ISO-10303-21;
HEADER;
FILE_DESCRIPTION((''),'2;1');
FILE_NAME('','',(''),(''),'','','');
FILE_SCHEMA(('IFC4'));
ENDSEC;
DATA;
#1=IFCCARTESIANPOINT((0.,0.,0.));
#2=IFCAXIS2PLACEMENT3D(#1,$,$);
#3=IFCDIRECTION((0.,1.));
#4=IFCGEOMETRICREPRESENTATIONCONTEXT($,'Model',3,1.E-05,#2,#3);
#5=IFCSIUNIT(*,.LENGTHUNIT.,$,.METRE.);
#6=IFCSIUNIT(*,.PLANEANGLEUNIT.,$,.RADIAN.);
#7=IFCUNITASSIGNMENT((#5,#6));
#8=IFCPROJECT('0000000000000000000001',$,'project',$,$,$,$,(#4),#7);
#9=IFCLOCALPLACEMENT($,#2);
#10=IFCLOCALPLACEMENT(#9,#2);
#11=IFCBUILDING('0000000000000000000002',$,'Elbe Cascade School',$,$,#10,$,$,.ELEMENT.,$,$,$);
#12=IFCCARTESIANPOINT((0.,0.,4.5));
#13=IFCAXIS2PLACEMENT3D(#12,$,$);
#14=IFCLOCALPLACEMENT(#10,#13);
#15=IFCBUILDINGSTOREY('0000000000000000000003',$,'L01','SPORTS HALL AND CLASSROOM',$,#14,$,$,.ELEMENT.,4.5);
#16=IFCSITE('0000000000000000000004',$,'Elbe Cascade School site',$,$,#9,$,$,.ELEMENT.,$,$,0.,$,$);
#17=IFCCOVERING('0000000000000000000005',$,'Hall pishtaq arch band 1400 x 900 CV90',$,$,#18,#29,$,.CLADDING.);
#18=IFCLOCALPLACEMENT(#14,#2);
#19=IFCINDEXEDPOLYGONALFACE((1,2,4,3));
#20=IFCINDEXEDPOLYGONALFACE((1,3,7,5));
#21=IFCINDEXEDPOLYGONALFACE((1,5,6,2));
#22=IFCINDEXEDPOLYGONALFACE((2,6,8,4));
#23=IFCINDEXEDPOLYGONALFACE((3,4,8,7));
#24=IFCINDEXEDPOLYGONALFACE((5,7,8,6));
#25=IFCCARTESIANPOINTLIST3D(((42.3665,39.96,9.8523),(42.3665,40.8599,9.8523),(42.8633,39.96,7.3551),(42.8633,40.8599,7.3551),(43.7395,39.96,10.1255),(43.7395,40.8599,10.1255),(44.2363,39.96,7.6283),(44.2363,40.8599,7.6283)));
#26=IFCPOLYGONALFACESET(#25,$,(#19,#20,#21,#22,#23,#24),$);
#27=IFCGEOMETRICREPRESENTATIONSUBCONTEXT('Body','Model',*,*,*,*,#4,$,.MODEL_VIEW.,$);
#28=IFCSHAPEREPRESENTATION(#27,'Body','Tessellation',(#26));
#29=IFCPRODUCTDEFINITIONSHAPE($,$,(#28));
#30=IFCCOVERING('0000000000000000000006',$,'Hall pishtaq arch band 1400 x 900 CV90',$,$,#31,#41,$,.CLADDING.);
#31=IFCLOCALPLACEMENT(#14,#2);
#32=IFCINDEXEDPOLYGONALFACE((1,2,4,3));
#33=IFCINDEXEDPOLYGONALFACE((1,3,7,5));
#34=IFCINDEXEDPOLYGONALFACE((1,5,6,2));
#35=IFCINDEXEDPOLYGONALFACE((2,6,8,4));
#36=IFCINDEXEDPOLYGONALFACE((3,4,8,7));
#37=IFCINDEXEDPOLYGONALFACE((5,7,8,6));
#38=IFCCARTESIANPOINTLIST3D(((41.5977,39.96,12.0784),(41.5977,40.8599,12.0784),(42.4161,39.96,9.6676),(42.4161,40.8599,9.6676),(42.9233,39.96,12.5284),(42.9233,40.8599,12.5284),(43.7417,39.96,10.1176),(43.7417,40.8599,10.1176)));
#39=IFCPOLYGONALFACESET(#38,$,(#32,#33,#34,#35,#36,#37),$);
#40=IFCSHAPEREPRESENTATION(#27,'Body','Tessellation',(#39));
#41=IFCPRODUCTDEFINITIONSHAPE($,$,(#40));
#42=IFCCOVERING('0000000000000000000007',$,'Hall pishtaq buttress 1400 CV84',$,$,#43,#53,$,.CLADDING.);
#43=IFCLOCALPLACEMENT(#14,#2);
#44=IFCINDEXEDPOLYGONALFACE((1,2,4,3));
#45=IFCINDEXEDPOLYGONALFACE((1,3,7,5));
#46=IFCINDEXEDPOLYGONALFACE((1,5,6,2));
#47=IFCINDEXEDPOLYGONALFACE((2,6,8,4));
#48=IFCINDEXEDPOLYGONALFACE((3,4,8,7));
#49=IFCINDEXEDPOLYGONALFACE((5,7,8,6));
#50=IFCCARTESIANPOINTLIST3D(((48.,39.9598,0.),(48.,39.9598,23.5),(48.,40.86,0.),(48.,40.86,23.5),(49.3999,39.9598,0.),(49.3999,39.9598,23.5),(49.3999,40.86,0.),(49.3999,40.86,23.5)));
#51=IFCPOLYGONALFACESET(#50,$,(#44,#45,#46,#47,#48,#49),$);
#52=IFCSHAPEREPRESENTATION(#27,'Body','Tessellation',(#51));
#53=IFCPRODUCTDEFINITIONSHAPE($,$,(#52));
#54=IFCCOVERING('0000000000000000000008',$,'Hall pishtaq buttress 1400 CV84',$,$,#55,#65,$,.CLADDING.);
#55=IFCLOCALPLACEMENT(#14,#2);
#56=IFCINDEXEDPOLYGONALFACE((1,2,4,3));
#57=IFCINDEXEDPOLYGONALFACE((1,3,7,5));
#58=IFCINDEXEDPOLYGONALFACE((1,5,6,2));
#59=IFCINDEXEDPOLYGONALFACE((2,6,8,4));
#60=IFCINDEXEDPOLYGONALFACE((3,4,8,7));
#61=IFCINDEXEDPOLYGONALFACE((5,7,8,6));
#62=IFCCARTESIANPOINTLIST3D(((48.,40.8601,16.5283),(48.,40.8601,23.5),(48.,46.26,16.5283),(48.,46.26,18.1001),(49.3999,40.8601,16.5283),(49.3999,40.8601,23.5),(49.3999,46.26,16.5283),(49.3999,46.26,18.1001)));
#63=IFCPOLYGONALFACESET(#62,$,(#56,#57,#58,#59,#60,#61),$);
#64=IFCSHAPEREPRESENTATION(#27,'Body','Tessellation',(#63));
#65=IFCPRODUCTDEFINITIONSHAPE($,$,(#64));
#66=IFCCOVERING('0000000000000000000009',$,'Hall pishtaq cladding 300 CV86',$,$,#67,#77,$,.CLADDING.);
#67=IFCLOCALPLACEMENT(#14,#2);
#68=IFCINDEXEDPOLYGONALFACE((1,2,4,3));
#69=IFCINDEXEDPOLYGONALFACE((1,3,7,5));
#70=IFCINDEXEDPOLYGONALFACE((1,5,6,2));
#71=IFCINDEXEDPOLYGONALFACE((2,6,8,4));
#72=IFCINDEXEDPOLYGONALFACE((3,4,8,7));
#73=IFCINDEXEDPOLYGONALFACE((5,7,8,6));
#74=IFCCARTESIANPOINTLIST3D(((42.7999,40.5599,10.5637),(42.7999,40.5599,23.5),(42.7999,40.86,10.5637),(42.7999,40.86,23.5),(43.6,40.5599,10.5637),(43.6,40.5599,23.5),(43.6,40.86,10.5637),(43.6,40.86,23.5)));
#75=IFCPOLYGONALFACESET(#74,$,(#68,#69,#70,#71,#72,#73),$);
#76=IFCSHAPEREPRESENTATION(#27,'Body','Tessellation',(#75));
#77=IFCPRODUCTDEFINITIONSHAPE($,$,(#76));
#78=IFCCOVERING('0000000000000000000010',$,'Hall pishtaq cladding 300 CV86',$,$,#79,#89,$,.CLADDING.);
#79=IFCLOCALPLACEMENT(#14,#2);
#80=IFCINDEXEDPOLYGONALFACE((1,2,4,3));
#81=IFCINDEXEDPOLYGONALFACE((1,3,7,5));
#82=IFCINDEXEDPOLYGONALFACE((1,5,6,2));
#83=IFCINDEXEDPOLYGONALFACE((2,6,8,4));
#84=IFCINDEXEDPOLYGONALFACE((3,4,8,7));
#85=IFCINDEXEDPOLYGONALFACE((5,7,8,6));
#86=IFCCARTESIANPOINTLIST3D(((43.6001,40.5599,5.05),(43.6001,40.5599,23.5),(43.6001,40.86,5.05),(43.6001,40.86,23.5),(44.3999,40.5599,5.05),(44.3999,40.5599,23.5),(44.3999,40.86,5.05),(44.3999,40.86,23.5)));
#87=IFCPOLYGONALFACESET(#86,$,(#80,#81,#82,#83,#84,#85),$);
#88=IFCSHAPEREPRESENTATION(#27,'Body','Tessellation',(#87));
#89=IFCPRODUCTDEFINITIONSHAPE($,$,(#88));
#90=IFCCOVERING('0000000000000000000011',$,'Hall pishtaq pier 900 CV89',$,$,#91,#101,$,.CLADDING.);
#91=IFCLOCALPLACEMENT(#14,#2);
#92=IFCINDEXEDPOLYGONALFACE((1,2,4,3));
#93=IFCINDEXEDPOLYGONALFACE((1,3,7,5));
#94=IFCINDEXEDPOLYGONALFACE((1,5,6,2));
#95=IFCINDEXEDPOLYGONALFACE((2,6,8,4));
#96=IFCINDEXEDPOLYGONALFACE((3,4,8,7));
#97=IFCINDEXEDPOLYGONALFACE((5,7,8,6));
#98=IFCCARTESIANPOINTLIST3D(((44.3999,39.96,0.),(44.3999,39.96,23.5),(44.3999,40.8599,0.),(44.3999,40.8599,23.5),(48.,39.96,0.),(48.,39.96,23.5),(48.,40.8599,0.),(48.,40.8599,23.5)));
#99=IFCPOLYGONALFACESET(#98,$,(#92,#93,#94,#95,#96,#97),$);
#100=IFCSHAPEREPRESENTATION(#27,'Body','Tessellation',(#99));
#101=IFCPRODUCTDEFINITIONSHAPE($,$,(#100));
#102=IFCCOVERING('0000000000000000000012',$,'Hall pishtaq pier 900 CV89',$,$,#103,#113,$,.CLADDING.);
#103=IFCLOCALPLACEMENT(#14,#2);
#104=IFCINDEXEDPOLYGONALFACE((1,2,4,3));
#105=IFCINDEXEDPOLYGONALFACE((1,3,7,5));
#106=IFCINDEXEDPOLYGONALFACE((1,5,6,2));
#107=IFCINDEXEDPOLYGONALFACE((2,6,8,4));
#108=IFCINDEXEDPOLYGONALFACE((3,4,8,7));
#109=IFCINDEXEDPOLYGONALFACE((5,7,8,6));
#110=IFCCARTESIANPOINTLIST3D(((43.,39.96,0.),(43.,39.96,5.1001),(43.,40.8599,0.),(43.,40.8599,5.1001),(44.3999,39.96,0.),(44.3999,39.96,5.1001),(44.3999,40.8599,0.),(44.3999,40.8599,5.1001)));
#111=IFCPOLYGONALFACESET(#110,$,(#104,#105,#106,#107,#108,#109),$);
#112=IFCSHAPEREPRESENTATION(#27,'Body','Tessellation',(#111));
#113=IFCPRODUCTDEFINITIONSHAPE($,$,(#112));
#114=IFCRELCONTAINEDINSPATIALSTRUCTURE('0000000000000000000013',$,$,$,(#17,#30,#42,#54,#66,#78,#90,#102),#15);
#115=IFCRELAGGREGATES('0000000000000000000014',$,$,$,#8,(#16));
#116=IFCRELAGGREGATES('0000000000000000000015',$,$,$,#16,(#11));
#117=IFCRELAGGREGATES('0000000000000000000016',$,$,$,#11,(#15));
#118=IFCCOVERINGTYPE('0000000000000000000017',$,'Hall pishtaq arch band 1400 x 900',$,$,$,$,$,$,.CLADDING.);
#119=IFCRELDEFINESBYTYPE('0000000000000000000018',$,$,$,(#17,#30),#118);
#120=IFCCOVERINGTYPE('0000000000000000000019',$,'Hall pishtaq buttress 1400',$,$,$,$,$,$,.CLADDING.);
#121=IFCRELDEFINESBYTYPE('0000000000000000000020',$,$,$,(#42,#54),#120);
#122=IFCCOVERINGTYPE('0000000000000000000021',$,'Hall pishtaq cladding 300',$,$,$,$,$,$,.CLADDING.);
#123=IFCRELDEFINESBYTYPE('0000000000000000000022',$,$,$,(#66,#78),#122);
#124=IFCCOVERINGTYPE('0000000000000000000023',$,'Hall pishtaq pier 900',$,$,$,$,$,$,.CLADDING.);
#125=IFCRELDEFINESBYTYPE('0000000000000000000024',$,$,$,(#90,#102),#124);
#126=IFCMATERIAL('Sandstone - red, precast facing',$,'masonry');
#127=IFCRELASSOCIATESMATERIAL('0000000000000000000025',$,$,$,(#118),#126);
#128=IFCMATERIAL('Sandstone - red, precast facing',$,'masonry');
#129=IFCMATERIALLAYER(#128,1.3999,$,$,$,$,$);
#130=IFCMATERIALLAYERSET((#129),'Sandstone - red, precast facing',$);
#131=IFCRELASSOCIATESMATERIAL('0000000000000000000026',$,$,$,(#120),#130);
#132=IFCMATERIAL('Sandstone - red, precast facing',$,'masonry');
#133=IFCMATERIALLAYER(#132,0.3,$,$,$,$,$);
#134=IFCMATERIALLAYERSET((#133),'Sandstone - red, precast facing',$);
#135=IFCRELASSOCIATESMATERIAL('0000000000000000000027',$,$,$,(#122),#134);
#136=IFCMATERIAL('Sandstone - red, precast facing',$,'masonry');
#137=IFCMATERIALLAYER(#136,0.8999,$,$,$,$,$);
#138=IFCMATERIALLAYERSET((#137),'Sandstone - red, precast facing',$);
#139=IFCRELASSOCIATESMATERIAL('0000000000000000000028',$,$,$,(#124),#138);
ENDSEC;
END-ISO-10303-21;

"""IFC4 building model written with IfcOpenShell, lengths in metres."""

from ifc_helpers import new_model, si_unit, direction, frame, frame_2d, origin, origin_2d, place, context, subcontext, project, spatial, polyline, rectangle, outline, extrude, material, layer, layer_set, type_object, element, save


model = new_model("IFC4")

# Units and contexts
model_context = context("Model", 3, precision=1e-05, world=origin(), true_north=direction((0.0, 1.0)))
body_context = subcontext(model_context, "Body", "Model", "MODEL_VIEW")
ifc_project = project(units=[si_unit("LENGTHUNIT", "METRE"), si_unit("PLANEANGLEUNIT", "RADIAN")], contexts=[model_context])

# Site, building, storey
site_placement = place(None, origin())
site = spatial("IfcSite", under=ifc_project, at=site_placement, Name="Elbe Cascade School site", CompositionType="ELEMENT", RefElevation=0.0)
building_placement = place(site_placement, origin())
building = spatial("IfcBuilding", under=site, at=building_placement, Name="Elbe Cascade School", CompositionType="ELEMENT")
storey_placement = place(building_placement, frame((0.0, 0.0, 4.5)))
storey = spatial("IfcBuildingStorey", under=building, at=storey_placement, Name="L01", Description="SPORTS HALL AND CLASSROOM", CompositionType="ELEMENT", Elevation=4.5)

# Coverings
ifc_material_1 = material(Name="Sandstone - red, precast facing", Category="masonry")
covering_type_1 = type_object("IfcCoveringType", Name="Hall pishtaq arch band 1400 x 900", PredefinedType="CLADDING", material=ifc_material_1)
covering_1_placement = place(storey_placement, frame((43.5498, 40.4099, 7.4917), z_axis=(-0.19512, 0.0, 0.980779), x_axis=(0.0, -1.0, 0.0)))
element("IfcCovering", 1, at=covering_1_placement, inside=storey, type_object=covering_type_1, Name="Hall pishtaq arch band 1400 x 900 CV90", PredefinedType="CLADDING", context=body_context, shape_type="SweptSolid", body=[
    extrude(rectangle(XDim=0.8999, YDim=1.3999, at=origin_2d()), origin(), (0.0, 0.0, 1.0), 2.5461),
])
covering_2_placement = place(storey_placement, frame((43.0789, 40.4099, 9.8926), z_axis=(-0.32143, 0.0, 0.946933), x_axis=(0.0, -1.0, 0.0)))
element("IfcCovering", 2, at=covering_2_placement, inside=storey, type_object=covering_type_1, Name="Hall pishtaq arch band 1400 x 900 CV90", PredefinedType="CLADDING", context=body_context, shape_type="SweptSolid", body=[
    extrude(rectangle(XDim=0.8999, YDim=1.3999, at=origin_2d()), origin(), (0.0, 0.0, 1.0), 2.5459),
])
ifc_material_2 = material(Name="Sandstone - red, precast facing", Category="masonry")
ifc_layer_1 = layer(ifc_material_2, 1.3999)
ifc_layer_set_1 = layer_set([ifc_layer_1], Name="Sandstone - red, precast facing")
covering_type_2 = type_object("IfcCoveringType", Name="Hall pishtaq buttress 1400", PredefinedType="CLADDING", material=ifc_layer_set_1)
covering_3_placement = place(storey_placement, frame((48.7, 40.8601, 0.0), z_axis=(0.0, 0.0, 1.0), x_axis=(0.0, -1.0, 0.0)))
element("IfcCovering", 3, at=covering_3_placement, inside=storey, type_object=covering_type_2, Name="Hall pishtaq buttress 1400 CV84", PredefinedType="CLADDING", context=body_context, shape_type="SweptSolid", body=[
    extrude(rectangle(XDim=0.9001, YDim=1.3999, at=frame_2d((0.4502, 0.0))), origin(), (0.0, 0.0, 1.0), 23.5),
])
covering_4_placement = place(storey_placement, frame((48.7, 40.8601, 16.5283), z_axis=(0.0, 0.0, 1.0), x_axis=(0.0, 1.0, 0.0)))
element("IfcCovering", 4, at=covering_4_placement, inside=storey, type_object=covering_type_2, Name="Hall pishtaq buttress 1400 CV84", PredefinedType="CLADDING", context=body_context, shape_type="SweptSolid", body=[
    extrude(outline(polyline([(0.0, 0.0), (5.3999, 0.0), (5.3999, 1.5718), (0.0, 6.9717), (0.0, 0.0)])), frame((0.0, 0.7, 0.0), z_axis=(0.0, -1.0, 0.0), x_axis=(1.0, 0.0, 0.0)), (0.0, 0.0, 1.0), 1.3999),
])
ifc_material_3 = material(Name="Sandstone - red, precast facing", Category="masonry")
ifc_layer_2 = layer(ifc_material_3, 0.3)
ifc_layer_set_2 = layer_set([ifc_layer_2], Name="Sandstone - red, precast facing")
covering_type_3 = type_object("IfcCoveringType", Name="Hall pishtaq cladding 300", PredefinedType="CLADDING", material=ifc_layer_set_2)
covering_5_placement = place(storey_placement, frame((42.8, 40.71, 10.5637), z_axis=(0.0, 0.0, 1.0), x_axis=(1.0, 0.0, 0.0)))
element("IfcCovering", 5, at=covering_5_placement, inside=storey, type_object=covering_type_3, Name="Hall pishtaq cladding 300 CV86", PredefinedType="CLADDING", context=body_context, shape_type="SweptSolid", body=[
    extrude(rectangle(XDim=0.8, YDim=0.3, at=frame_2d((0.3999, 0.0))), origin(), (0.0, 0.0, 1.0), 12.9363),
])
covering_6_placement = place(storey_placement, frame((43.6001, 40.71, 5.05), z_axis=(0.0, 0.0, 1.0), x_axis=(1.0, 0.0, 0.0)))
element("IfcCovering", 6, at=covering_6_placement, inside=storey, type_object=covering_type_3, Name="Hall pishtaq cladding 300 CV86", PredefinedType="CLADDING", context=body_context, shape_type="SweptSolid", body=[
    extrude(rectangle(XDim=0.7998, YDim=0.3, at=frame_2d((0.3999, 0.0))), origin(), (0.0, 0.0, 1.0), 18.45),
])
ifc_material_4 = material(Name="Sandstone - red, precast facing", Category="masonry")
ifc_layer_3 = layer(ifc_material_4, 0.8999)
ifc_layer_set_3 = layer_set([ifc_layer_3], Name="Sandstone - red, precast facing")
covering_type_4 = type_object("IfcCoveringType", Name="Hall pishtaq pier 900", PredefinedType="CLADDING", material=ifc_layer_set_3)
covering_7_placement = place(storey_placement, frame((44.3999, 40.4099, 0.0), z_axis=(0.0, 0.0, 1.0), x_axis=(1.0, 0.0, 0.0)))
element("IfcCovering", 7, at=covering_7_placement, inside=storey, type_object=covering_type_4, Name="Hall pishtaq pier 900 CV89", PredefinedType="CLADDING", context=body_context, shape_type="SweptSolid", body=[
    extrude(rectangle(XDim=3.6001, YDim=0.8999, at=frame_2d((1.8, 0.0))), origin(), (0.0, 0.0, 1.0), 23.5),
])
covering_8_placement = place(storey_placement, frame((43.0, 40.4099, 0.0), z_axis=(0.0, 0.0, 1.0), x_axis=(1.0, 0.0, 0.0)))
element("IfcCovering", 8, at=covering_8_placement, inside=storey, type_object=covering_type_4, Name="Hall pishtaq pier 900 CV89", PredefinedType="CLADDING", context=body_context, shape_type="SweptSolid", body=[
    extrude(rectangle(XDim=1.3999, YDim=0.8999, at=frame_2d((0.7, 0.0))), origin(), (0.0, 0.0, 1.0), 5.1001),
])

save(model, "model.ifc")
